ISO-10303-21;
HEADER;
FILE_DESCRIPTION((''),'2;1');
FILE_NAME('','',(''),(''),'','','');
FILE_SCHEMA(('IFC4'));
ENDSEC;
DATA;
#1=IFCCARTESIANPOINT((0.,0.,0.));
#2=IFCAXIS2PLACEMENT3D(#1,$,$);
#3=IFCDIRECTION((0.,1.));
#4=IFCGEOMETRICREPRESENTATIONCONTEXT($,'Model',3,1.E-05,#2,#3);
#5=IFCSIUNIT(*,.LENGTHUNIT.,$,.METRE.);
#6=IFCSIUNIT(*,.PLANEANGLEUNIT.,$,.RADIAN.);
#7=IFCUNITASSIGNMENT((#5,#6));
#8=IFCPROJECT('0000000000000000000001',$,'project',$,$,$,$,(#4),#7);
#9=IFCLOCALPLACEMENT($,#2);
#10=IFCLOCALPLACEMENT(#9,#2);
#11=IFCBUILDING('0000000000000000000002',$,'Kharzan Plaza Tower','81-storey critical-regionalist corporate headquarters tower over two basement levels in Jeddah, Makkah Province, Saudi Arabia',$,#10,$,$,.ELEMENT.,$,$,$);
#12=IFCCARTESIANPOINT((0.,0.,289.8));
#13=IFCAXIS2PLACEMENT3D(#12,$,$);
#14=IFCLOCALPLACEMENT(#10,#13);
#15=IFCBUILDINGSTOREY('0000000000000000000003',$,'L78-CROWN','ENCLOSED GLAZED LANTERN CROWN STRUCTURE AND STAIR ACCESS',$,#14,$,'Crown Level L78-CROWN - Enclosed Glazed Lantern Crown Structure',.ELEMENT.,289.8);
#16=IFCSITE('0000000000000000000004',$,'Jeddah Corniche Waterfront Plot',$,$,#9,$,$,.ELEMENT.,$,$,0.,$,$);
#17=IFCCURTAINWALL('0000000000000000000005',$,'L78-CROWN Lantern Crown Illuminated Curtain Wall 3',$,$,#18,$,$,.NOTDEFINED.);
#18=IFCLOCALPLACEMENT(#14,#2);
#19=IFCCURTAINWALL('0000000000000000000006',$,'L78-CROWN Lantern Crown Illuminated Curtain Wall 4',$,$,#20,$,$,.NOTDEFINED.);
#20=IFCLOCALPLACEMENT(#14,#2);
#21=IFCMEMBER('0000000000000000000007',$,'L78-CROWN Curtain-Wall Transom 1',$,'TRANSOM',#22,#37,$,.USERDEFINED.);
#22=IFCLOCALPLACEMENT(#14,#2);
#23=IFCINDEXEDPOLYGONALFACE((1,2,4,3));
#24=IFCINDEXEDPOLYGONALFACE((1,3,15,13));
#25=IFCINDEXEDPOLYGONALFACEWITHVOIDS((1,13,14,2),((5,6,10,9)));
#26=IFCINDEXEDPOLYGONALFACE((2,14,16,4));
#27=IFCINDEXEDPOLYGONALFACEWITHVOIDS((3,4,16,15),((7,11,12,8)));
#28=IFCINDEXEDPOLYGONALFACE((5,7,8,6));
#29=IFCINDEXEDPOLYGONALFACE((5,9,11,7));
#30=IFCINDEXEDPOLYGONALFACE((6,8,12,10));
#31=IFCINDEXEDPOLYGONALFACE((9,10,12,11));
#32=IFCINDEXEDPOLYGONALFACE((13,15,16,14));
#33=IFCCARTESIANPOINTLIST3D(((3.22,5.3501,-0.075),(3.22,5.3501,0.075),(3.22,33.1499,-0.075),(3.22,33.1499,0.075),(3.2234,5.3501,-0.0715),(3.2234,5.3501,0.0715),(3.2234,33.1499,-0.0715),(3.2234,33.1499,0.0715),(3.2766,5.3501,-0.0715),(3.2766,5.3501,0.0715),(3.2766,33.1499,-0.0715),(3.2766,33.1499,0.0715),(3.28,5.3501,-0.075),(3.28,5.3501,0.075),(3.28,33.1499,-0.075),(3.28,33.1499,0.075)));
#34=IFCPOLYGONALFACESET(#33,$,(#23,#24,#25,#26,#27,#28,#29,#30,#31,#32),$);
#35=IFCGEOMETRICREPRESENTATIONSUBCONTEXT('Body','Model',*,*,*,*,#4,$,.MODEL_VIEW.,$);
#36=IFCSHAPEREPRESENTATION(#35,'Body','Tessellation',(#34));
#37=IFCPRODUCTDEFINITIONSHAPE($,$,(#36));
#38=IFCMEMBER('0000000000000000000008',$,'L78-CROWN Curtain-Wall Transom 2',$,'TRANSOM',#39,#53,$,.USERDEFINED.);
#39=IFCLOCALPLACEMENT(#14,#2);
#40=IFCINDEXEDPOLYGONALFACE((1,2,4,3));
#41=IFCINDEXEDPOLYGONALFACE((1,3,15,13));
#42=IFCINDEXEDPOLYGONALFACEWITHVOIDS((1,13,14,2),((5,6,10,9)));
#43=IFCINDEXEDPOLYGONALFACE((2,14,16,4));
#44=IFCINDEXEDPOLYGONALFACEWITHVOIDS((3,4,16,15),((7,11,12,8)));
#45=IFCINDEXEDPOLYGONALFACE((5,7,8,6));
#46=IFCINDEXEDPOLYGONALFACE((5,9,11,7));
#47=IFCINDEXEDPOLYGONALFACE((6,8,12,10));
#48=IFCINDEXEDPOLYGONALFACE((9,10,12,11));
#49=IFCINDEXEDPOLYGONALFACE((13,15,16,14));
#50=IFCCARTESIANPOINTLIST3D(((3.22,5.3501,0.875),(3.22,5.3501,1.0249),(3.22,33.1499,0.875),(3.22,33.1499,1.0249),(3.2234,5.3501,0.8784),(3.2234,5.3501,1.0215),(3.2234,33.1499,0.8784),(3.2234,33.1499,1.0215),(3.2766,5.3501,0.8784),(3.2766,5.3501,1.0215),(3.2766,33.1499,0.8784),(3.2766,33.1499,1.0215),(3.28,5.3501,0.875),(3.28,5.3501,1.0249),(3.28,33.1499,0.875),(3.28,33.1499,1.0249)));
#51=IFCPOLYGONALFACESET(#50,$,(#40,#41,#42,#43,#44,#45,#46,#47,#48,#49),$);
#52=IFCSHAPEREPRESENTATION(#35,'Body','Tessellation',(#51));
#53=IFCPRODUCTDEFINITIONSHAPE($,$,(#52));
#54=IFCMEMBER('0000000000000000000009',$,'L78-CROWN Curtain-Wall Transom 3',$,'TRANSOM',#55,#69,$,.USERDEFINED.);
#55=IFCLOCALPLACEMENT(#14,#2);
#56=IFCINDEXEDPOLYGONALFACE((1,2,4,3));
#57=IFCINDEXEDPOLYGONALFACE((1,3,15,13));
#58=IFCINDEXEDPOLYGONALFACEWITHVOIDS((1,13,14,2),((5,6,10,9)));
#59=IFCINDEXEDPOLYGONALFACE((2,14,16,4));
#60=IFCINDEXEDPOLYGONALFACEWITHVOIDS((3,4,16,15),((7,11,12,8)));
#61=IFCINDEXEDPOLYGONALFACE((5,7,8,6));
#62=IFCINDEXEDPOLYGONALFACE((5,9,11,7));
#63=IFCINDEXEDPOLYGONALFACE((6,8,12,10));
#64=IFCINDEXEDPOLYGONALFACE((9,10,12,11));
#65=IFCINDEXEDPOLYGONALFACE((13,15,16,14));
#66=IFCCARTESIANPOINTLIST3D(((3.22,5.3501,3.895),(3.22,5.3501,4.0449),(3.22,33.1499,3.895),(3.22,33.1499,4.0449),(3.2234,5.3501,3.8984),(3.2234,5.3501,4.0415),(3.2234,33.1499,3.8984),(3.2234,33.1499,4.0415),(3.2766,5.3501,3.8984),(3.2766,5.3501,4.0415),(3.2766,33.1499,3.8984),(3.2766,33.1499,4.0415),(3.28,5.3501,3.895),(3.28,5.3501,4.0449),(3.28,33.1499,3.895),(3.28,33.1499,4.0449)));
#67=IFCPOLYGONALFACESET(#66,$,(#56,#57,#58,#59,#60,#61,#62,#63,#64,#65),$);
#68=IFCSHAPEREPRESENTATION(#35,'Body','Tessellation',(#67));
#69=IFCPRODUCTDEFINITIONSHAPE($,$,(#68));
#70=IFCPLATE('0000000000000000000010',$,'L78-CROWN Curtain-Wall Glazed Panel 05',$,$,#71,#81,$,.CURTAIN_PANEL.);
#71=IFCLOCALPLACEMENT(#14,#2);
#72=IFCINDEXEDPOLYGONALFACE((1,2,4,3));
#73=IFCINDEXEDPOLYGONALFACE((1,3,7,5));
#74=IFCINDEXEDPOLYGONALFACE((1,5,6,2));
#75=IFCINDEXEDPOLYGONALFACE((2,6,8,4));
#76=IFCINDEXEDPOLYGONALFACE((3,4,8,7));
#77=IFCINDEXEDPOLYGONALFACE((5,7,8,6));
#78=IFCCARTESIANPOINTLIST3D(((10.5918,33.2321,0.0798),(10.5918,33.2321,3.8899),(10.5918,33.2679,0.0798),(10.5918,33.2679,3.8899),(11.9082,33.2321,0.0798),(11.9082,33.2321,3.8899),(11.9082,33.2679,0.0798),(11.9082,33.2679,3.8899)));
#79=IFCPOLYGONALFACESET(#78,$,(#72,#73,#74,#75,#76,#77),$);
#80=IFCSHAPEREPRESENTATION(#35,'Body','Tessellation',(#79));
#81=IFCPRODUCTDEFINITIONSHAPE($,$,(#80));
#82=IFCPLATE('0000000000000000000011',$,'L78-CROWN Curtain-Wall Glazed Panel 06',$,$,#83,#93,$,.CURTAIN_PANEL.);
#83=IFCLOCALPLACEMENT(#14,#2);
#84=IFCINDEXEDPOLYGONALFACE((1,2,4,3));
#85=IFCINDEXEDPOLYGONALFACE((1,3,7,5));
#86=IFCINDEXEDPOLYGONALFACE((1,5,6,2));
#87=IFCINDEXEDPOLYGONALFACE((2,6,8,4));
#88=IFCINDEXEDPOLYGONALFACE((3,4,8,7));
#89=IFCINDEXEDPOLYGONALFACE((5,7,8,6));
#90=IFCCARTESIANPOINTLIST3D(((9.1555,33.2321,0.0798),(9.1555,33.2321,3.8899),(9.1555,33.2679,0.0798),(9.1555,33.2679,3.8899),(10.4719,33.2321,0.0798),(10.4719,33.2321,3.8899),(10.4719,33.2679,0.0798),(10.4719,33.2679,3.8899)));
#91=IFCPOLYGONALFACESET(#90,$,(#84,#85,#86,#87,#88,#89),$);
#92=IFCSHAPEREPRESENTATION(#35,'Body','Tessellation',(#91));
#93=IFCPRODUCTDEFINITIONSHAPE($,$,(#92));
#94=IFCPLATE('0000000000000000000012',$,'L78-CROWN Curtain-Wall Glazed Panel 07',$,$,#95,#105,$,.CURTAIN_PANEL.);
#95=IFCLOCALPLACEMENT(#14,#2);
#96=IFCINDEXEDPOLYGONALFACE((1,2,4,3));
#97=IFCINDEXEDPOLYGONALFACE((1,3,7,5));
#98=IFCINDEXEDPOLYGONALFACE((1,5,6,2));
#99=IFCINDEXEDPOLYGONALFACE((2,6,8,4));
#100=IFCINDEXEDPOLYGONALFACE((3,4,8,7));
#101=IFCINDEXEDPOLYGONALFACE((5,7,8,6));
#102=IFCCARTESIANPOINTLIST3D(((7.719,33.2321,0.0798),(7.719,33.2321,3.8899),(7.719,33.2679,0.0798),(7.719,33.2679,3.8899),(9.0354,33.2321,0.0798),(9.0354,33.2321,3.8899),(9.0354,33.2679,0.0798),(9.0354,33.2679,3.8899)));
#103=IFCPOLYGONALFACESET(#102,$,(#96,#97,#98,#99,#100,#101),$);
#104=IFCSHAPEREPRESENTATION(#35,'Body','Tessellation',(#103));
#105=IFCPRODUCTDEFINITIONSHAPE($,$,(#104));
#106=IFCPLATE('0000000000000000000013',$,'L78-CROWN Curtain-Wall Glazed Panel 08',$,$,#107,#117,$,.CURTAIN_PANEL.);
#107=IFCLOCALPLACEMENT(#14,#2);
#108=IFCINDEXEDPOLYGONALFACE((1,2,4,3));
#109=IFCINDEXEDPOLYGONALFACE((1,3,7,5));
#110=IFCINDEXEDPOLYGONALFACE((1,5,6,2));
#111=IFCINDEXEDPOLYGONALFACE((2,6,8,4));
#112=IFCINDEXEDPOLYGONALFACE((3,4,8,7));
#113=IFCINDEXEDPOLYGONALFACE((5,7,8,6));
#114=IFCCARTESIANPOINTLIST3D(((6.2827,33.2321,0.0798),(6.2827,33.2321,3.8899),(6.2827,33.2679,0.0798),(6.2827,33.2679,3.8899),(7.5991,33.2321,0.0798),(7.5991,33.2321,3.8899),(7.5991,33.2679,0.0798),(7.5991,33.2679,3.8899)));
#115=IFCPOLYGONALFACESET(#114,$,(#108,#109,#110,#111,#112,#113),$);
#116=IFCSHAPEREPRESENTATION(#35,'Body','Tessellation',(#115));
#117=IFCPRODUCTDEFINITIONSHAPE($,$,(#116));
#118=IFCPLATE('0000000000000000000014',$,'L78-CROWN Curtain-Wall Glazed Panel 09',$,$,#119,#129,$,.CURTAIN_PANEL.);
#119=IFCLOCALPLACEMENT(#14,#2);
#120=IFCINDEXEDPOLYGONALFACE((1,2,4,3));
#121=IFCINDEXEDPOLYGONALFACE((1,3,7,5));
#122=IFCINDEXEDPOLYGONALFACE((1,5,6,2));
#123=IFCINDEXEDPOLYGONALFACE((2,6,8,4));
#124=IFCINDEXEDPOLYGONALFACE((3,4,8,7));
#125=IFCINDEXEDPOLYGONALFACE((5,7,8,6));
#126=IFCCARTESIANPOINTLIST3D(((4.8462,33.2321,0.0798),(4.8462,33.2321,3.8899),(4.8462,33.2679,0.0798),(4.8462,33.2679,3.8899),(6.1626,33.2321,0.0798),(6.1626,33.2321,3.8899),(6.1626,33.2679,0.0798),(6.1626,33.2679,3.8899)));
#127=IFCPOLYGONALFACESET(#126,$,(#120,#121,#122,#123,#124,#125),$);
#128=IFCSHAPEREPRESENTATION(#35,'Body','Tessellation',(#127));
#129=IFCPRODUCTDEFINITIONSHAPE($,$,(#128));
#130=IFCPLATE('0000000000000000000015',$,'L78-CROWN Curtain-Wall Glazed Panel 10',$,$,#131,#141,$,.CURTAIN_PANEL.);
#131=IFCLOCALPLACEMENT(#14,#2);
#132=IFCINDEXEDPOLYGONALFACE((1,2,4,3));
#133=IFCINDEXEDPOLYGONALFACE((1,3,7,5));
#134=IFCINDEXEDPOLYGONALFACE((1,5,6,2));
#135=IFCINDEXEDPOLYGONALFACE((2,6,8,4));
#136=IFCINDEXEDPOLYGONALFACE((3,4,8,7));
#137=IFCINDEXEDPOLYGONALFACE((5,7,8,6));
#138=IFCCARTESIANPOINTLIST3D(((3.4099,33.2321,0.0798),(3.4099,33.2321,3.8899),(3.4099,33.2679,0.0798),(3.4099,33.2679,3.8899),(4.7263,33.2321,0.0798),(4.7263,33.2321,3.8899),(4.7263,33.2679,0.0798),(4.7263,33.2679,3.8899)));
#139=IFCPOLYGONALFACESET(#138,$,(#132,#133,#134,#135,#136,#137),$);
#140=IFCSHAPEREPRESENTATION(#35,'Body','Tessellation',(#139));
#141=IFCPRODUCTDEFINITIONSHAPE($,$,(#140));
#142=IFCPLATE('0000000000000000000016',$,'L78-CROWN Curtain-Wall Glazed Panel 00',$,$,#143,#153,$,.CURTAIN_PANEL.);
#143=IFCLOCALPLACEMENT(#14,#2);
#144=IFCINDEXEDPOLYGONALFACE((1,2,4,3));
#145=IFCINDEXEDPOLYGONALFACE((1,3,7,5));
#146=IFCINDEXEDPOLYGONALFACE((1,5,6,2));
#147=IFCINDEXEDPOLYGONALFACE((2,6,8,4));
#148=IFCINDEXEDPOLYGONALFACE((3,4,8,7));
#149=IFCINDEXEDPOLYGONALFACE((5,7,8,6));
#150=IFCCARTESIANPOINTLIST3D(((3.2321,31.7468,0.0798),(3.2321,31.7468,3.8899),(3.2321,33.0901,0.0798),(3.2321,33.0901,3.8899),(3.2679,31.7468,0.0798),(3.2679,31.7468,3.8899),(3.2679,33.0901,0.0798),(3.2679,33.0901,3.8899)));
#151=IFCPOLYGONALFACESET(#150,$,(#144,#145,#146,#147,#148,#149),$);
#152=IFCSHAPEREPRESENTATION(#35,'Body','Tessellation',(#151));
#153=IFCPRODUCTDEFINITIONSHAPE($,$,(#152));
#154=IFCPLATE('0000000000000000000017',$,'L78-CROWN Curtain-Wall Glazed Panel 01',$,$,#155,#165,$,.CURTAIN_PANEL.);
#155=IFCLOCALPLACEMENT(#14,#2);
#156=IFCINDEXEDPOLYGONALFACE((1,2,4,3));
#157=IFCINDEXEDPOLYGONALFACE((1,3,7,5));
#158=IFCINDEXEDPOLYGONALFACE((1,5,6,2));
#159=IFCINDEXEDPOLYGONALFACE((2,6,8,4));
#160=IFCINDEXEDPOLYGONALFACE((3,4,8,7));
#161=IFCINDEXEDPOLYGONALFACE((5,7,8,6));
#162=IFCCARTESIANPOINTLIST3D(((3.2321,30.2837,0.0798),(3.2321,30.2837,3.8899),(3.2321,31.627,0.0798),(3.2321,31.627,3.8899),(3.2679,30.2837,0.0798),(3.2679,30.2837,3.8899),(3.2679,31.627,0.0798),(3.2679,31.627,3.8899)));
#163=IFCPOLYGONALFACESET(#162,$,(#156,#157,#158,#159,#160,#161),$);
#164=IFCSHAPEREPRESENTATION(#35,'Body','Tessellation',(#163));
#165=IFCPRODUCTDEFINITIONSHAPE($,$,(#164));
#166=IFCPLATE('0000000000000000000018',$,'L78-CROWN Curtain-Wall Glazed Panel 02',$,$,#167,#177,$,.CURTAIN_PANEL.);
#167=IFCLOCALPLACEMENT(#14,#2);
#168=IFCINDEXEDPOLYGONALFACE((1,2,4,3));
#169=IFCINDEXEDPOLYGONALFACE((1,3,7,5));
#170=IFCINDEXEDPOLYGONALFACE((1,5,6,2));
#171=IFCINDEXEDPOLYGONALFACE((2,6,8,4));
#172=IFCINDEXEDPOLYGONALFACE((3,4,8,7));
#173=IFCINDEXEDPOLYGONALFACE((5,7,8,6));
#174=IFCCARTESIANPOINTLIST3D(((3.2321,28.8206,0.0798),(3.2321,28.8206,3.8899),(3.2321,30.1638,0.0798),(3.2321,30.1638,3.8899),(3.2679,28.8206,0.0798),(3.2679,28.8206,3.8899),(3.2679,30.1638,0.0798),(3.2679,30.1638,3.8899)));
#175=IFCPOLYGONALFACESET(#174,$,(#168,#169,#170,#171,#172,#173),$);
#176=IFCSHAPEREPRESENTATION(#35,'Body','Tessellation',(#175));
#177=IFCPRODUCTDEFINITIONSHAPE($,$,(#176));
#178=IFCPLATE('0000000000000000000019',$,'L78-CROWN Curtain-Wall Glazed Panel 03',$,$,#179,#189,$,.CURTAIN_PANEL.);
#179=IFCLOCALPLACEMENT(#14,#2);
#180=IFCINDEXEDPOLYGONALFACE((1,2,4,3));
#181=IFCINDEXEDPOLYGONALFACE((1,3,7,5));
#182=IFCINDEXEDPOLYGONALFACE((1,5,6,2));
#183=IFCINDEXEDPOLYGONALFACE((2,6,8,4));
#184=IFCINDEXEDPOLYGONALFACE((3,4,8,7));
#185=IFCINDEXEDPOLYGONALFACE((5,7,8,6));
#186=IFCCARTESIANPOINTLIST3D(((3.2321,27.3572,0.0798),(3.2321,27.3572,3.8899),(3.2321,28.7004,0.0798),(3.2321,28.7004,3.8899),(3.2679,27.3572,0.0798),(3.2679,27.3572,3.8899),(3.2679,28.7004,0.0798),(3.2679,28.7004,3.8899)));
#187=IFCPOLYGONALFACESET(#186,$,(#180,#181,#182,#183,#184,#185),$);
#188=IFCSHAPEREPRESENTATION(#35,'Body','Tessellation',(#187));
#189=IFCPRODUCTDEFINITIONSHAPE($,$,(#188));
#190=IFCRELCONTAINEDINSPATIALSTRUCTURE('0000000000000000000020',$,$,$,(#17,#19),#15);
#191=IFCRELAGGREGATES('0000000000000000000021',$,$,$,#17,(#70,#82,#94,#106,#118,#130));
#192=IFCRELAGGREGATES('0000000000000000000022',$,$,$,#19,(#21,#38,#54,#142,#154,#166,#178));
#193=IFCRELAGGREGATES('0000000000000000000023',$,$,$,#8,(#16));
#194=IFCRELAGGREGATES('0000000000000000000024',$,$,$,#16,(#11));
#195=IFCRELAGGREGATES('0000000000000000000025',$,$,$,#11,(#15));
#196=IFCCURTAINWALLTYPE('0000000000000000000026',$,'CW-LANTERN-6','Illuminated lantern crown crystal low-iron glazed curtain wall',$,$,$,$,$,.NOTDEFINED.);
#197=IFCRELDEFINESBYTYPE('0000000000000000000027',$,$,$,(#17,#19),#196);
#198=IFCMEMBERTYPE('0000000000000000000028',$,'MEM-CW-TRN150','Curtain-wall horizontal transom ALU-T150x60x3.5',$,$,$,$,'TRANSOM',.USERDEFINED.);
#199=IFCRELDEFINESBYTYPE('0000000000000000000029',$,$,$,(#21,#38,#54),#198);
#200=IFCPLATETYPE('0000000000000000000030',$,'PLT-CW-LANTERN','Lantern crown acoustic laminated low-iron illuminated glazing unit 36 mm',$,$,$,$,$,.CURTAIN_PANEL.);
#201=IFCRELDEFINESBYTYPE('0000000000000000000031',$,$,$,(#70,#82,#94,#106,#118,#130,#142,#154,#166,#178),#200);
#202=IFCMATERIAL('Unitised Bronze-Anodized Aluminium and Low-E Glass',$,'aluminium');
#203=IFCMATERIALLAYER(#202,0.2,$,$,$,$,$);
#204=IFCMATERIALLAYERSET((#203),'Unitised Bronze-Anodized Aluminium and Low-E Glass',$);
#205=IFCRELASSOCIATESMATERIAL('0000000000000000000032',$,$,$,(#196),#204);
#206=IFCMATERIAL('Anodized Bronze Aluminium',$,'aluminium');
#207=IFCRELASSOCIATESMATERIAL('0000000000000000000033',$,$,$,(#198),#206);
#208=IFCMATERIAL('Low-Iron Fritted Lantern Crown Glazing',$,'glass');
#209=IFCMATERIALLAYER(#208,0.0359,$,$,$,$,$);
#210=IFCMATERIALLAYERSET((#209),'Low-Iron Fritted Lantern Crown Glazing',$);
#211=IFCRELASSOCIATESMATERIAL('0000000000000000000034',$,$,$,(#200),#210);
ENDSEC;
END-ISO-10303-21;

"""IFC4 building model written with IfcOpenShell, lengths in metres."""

from ifc_helpers import new_model, si_unit, direction, frame, origin, origin_2d, place, context, subcontext, project, spatial, rectangle, hollow_rectangle, extrude, source, transform, mapped, material, layer, layer_set, material_profile, profile_set, type_object, element, aggregate, save


model = new_model("IFC4")

# Units and contexts
model_context = context("Model", 3, precision=1e-05, world=origin(), true_north=direction((0.0, 1.0)))
body_context = subcontext(model_context, "Body", "Model", "MODEL_VIEW")
ifc_project = project(units=[si_unit("LENGTHUNIT", "METRE"), si_unit("PLANEANGLEUNIT", "RADIAN")], contexts=[model_context])

# Site, building, storey
site_placement = place(None, origin())
site = spatial("IfcSite", under=ifc_project, at=site_placement, Name="Jeddah Corniche Waterfront Plot", CompositionType="ELEMENT", RefElevation=0.0)
building_placement = place(site_placement, origin())
building = spatial("IfcBuilding", under=site, at=building_placement, Name="Kharzan Plaza Tower", Description="81-storey critical-regionalist corporate headquarters tower over two basement levels in Jeddah, Makkah Province, Saudi Arabia", CompositionType="ELEMENT")
storey_placement = place(building_placement, frame((0.0, 0.0, 289.8)))
storey = spatial("IfcBuildingStorey", under=building, at=storey_placement, Name="L78-CROWN", Description="ENCLOSED GLAZED LANTERN CROWN STRUCTURE AND STAIR ACCESS", LongName="Crown Level L78-CROWN - Enclosed Glazed Lantern Crown Structure", CompositionType="ELEMENT", Elevation=289.8)

# Curtain walls, members
ifc_material_1 = material(Name="Unitised Bronze-Anodized Aluminium and Low-E Glass", Category="aluminium")
ifc_layer_1 = layer(ifc_material_1, 0.2)
ifc_layer_set_1 = layer_set([ifc_layer_1], Name="Unitised Bronze-Anodized Aluminium and Low-E Glass")
curtain_wall_type = type_object("IfcCurtainWallType", Name="CW-LANTERN-6", Description="Illuminated lantern crown crystal low-iron glazed curtain wall", PredefinedType="NOTDEFINED", material=ifc_layer_set_1)
curtain_wall_1_placement = place(storey_placement, origin())
curtain_wall_1 = element("IfcCurtainWall", 1, at=curtain_wall_1_placement, inside=storey, type_object=curtain_wall_type, Name="L78-CROWN Lantern Crown Illuminated Curtain Wall 3", PredefinedType="NOTDEFINED")
ifc_material_2 = material(Name="Anodized Bronze Aluminium", Category="aluminium")
curtain_wall_2_placement = place(storey_placement, origin())
curtain_wall_2 = element("IfcCurtainWall", 2, at=curtain_wall_2_placement, inside=storey, type_object=curtain_wall_type, Name="L78-CROWN Lantern Crown Illuminated Curtain Wall 4", PredefinedType="NOTDEFINED")
ifc_material_profile_1 = material_profile(ifc_material_2, hollow_rectangle(XDim=0.0601, YDim=0.1499, WallThickness=0.0034, at=origin_2d()), Name="ALU-T150x60x3.5")
ifc_profile_set_1 = profile_set([ifc_material_profile_1], Name="Anodized Bronze Aluminium")
member_type_1 = type_object("IfcMemberType", Name="MEM-CW-TRN150", Description="Curtain-wall horizontal transom ALU-T150x60x3.5", ElementType="TRANSOM", PredefinedType="USERDEFINED", material=ifc_profile_set_1)
shared_shape_1 = source(origin(), body_context, "Body", "SweptSolid", [
    extrude(hollow_rectangle(XDim=0.0601, YDim=0.1499, WallThickness=0.0034, at=origin_2d()), origin(), (0.0, 0.0, 1.0), 27.7998),
])
member_1_placement = place(storey_placement, frame((3.25, 33.1499, 0.0), z_axis=(0.0, -1.0, 0.0), x_axis=(1.0, 0.0, 0.0)))
member_1 = element("IfcMember", 3, at=member_1_placement, type_object=member_type_1, Name="L78-CROWN Curtain-Wall Transom 1", ObjectType="TRANSOM", PredefinedType="USERDEFINED", context=body_context, shape_type="MappedRepresentation", body=[
    mapped(shared_shape_1, transform((0.0, 0.0, 0.0), x_axis=(1.0, 0.0, 0.0), y_axis=(0.0, 1.0, 0.0), z_axis=(0.0, 0.0, 1.0))),
])
member_2_placement = place(storey_placement, frame((3.25, 33.1499, 0.95), z_axis=(0.0, -1.0, 0.0), x_axis=(1.0, 0.0, 0.0)))
member_2 = element("IfcMember", 4, at=member_2_placement, type_object=member_type_1, Name="L78-CROWN Curtain-Wall Transom 2", ObjectType="TRANSOM", PredefinedType="USERDEFINED", context=body_context, shape_type="MappedRepresentation", body=[
    mapped(shared_shape_1, transform((0.0, 0.0, 0.0), x_axis=(1.0, 0.0, 0.0), y_axis=(0.0, 1.0, 0.0), z_axis=(0.0, 0.0, 1.0))),
])
member_3_placement = place(storey_placement, frame((3.25, 33.1499, 3.97), z_axis=(0.0, -1.0, 0.0), x_axis=(1.0, 0.0, 0.0)))
member_3 = element("IfcMember", 5, at=member_3_placement, type_object=member_type_1, Name="L78-CROWN Curtain-Wall Transom 3", ObjectType="TRANSOM", PredefinedType="USERDEFINED", context=body_context, shape_type="MappedRepresentation", body=[
    mapped(shared_shape_1, transform((0.0, 0.0, 0.0), x_axis=(1.0, 0.0, 0.0), y_axis=(0.0, 1.0, 0.0), z_axis=(0.0, 0.0, 1.0))),
])

# Plates
ifc_material_3 = material(Name="Low-Iron Fritted Lantern Crown Glazing", Category="glass")
ifc_layer_2 = layer(ifc_material_3, 0.0359)
ifc_layer_set_2 = layer_set([ifc_layer_2], Name="Low-Iron Fritted Lantern Crown Glazing")
plate_type = type_object("IfcPlateType", Name="PLT-CW-LANTERN", Description="Lantern crown acoustic laminated low-iron illuminated glazing unit 36 mm", PredefinedType="CURTAIN_PANEL", material=ifc_layer_set_2)
shared_shape_2 = source(origin(), body_context, "Body", "SweptSolid", [
    extrude(rectangle(XDim=1.3164, YDim=0.0359, at=origin_2d()), origin(), (0.0, 0.0, 1.0), 3.8101),
])
plate_1_placement = place(storey_placement, frame((11.25, 33.25, 0.0798), z_axis=(0.0, 0.0, 1.0), x_axis=(-1.0, 0.0, 0.0)))
plate_1 = element("IfcPlate", 6, at=plate_1_placement, type_object=plate_type, Name="L78-CROWN Curtain-Wall Glazed Panel 05", PredefinedType="CURTAIN_PANEL", context=body_context, shape_type="MappedRepresentation", body=[
    mapped(shared_shape_2, transform((0.0, 0.0, 0.0), x_axis=(1.0, 0.0, 0.0), y_axis=(0.0, 1.0, 0.0), z_axis=(0.0, 0.0, 1.0))),
])
plate_2_placement = place(storey_placement, frame((9.8137, 33.25, 0.0798), z_axis=(0.0, 0.0, 1.0), x_axis=(-1.0, 0.0, 0.0)))
plate_2 = element("IfcPlate", 7, at=plate_2_placement, type_object=plate_type, Name="L78-CROWN Curtain-Wall Glazed Panel 06", PredefinedType="CURTAIN_PANEL", context=body_context, shape_type="MappedRepresentation", body=[
    mapped(shared_shape_2, transform((0.0, 0.0, 0.0), x_axis=(1.0, 0.0, 0.0), y_axis=(0.0, 1.0, 0.0), z_axis=(0.0, 0.0, 1.0))),
])
plate_3_placement = place(storey_placement, frame((8.3772, 33.25, 0.0798), z_axis=(0.0, 0.0, 1.0), x_axis=(-1.0, 0.0, 0.0)))
plate_3 = element("IfcPlate", 8, at=plate_3_placement, type_object=plate_type, Name="L78-CROWN Curtain-Wall Glazed Panel 07", PredefinedType="CURTAIN_PANEL", context=body_context, shape_type="MappedRepresentation", body=[
    mapped(shared_shape_2, transform((0.0, 0.0, 0.0), x_axis=(1.0, 0.0, 0.0), y_axis=(0.0, 1.0, 0.0), z_axis=(0.0, 0.0, 1.0))),
])
plate_4_placement = place(storey_placement, frame((6.9409, 33.25, 0.0798), z_axis=(0.0, 0.0, 1.0), x_axis=(-1.0, 0.0, 0.0)))
plate_4 = element("IfcPlate", 9, at=plate_4_placement, type_object=plate_type, Name="L78-CROWN Curtain-Wall Glazed Panel 08", PredefinedType="CURTAIN_PANEL", context=body_context, shape_type="MappedRepresentation", body=[
    mapped(shared_shape_2, transform((0.0, 0.0, 0.0), x_axis=(1.0, 0.0, 0.0), y_axis=(0.0, 1.0, 0.0), z_axis=(0.0, 0.0, 1.0))),
])
plate_5_placement = place(storey_placement, frame((5.5044, 33.25, 0.0798), z_axis=(0.0, 0.0, 1.0), x_axis=(-1.0, 0.0, 0.0)))
plate_5 = element("IfcPlate", 10, at=plate_5_placement, type_object=plate_type, Name="L78-CROWN Curtain-Wall Glazed Panel 09", PredefinedType="CURTAIN_PANEL", context=body_context, shape_type="MappedRepresentation", body=[
    mapped(shared_shape_2, transform((0.0, 0.0, 0.0), x_axis=(1.0, 0.0, 0.0), y_axis=(0.0, 1.0, 0.0), z_axis=(0.0, 0.0, 1.0))),
])
plate_6_placement = place(storey_placement, frame((4.0681, 33.25, 0.0798), z_axis=(0.0, 0.0, 1.0), x_axis=(-1.0, 0.0, 0.0)))
plate_6 = element("IfcPlate", 11, at=plate_6_placement, type_object=plate_type, Name="L78-CROWN Curtain-Wall Glazed Panel 10", PredefinedType="CURTAIN_PANEL", context=body_context, shape_type="MappedRepresentation", body=[
    mapped(shared_shape_2, transform((0.0, 0.0, 0.0), x_axis=(1.0, 0.0, 0.0), y_axis=(0.0, 1.0, 0.0), z_axis=(0.0, 0.0, 1.0))),
])
aggregate(curtain_wall_1, [plate_1, plate_2, plate_3, plate_4, plate_5, plate_6])
shared_shape_3 = source(origin(), body_context, "Body", "SweptSolid", [
    extrude(rectangle(XDim=1.3433, YDim=0.0359, at=origin_2d()), origin(), (0.0, 0.0, 1.0), 3.8101),
])
plate_7_placement = place(storey_placement, frame((3.25, 32.4185, 0.0798), z_axis=(0.0, 0.0, 1.0), x_axis=(0.0, -1.0, 0.0)))
plate_7 = element("IfcPlate", 12, at=plate_7_placement, type_object=plate_type, Name="L78-CROWN Curtain-Wall Glazed Panel 00", PredefinedType="CURTAIN_PANEL", context=body_context, shape_type="MappedRepresentation", body=[
    mapped(shared_shape_3, transform((0.0, 0.0, 0.0), x_axis=(1.0, 0.0, 0.0), y_axis=(0.0, 1.0, 0.0), z_axis=(0.0, 0.0, 1.0))),
])
plate_8_placement = place(storey_placement, frame((3.25, 30.9553, 0.0798), z_axis=(0.0, 0.0, 1.0), x_axis=(0.0, -1.0, 0.0)))
plate_8 = element("IfcPlate", 13, at=plate_8_placement, type_object=plate_type, Name="L78-CROWN Curtain-Wall Glazed Panel 01", PredefinedType="CURTAIN_PANEL", context=body_context, shape_type="MappedRepresentation", body=[
    mapped(shared_shape_3, transform((0.0, 0.0, 0.0), x_axis=(1.0, 0.0, 0.0), y_axis=(0.0, 1.0, 0.0), z_axis=(0.0, 0.0, 1.0))),
])
plate_9_placement = place(storey_placement, frame((3.25, 29.4922, 0.0798), z_axis=(0.0, 0.0, 1.0), x_axis=(0.0, -1.0, 0.0)))
plate_9 = element("IfcPlate", 14, at=plate_9_placement, type_object=plate_type, Name="L78-CROWN Curtain-Wall Glazed Panel 02", PredefinedType="CURTAIN_PANEL", context=body_context, shape_type="MappedRepresentation", body=[
    mapped(shared_shape_3, transform((0.0, 0.0, 0.0), x_axis=(1.0, 0.0, 0.0), y_axis=(0.0, 1.0, 0.0), z_axis=(0.0, 0.0, 1.0))),
])
plate_10_placement = place(storey_placement, frame((3.25, 28.0288, 0.0798), z_axis=(0.0, 0.0, 1.0), x_axis=(0.0, -1.0, 0.0)))
plate_10 = element("IfcPlate", 15, at=plate_10_placement, type_object=plate_type, Name="L78-CROWN Curtain-Wall Glazed Panel 03", PredefinedType="CURTAIN_PANEL", context=body_context, shape_type="MappedRepresentation", body=[
    mapped(shared_shape_3, transform((0.0, 0.0, 0.0), x_axis=(1.0, 0.0, 0.0), y_axis=(0.0, 1.0, 0.0), z_axis=(0.0, 0.0, 1.0))),
])
aggregate(curtain_wall_2, [member_1, member_2, member_3, plate_7, plate_8, plate_9, plate_10])

save(model, "model.ifc")
